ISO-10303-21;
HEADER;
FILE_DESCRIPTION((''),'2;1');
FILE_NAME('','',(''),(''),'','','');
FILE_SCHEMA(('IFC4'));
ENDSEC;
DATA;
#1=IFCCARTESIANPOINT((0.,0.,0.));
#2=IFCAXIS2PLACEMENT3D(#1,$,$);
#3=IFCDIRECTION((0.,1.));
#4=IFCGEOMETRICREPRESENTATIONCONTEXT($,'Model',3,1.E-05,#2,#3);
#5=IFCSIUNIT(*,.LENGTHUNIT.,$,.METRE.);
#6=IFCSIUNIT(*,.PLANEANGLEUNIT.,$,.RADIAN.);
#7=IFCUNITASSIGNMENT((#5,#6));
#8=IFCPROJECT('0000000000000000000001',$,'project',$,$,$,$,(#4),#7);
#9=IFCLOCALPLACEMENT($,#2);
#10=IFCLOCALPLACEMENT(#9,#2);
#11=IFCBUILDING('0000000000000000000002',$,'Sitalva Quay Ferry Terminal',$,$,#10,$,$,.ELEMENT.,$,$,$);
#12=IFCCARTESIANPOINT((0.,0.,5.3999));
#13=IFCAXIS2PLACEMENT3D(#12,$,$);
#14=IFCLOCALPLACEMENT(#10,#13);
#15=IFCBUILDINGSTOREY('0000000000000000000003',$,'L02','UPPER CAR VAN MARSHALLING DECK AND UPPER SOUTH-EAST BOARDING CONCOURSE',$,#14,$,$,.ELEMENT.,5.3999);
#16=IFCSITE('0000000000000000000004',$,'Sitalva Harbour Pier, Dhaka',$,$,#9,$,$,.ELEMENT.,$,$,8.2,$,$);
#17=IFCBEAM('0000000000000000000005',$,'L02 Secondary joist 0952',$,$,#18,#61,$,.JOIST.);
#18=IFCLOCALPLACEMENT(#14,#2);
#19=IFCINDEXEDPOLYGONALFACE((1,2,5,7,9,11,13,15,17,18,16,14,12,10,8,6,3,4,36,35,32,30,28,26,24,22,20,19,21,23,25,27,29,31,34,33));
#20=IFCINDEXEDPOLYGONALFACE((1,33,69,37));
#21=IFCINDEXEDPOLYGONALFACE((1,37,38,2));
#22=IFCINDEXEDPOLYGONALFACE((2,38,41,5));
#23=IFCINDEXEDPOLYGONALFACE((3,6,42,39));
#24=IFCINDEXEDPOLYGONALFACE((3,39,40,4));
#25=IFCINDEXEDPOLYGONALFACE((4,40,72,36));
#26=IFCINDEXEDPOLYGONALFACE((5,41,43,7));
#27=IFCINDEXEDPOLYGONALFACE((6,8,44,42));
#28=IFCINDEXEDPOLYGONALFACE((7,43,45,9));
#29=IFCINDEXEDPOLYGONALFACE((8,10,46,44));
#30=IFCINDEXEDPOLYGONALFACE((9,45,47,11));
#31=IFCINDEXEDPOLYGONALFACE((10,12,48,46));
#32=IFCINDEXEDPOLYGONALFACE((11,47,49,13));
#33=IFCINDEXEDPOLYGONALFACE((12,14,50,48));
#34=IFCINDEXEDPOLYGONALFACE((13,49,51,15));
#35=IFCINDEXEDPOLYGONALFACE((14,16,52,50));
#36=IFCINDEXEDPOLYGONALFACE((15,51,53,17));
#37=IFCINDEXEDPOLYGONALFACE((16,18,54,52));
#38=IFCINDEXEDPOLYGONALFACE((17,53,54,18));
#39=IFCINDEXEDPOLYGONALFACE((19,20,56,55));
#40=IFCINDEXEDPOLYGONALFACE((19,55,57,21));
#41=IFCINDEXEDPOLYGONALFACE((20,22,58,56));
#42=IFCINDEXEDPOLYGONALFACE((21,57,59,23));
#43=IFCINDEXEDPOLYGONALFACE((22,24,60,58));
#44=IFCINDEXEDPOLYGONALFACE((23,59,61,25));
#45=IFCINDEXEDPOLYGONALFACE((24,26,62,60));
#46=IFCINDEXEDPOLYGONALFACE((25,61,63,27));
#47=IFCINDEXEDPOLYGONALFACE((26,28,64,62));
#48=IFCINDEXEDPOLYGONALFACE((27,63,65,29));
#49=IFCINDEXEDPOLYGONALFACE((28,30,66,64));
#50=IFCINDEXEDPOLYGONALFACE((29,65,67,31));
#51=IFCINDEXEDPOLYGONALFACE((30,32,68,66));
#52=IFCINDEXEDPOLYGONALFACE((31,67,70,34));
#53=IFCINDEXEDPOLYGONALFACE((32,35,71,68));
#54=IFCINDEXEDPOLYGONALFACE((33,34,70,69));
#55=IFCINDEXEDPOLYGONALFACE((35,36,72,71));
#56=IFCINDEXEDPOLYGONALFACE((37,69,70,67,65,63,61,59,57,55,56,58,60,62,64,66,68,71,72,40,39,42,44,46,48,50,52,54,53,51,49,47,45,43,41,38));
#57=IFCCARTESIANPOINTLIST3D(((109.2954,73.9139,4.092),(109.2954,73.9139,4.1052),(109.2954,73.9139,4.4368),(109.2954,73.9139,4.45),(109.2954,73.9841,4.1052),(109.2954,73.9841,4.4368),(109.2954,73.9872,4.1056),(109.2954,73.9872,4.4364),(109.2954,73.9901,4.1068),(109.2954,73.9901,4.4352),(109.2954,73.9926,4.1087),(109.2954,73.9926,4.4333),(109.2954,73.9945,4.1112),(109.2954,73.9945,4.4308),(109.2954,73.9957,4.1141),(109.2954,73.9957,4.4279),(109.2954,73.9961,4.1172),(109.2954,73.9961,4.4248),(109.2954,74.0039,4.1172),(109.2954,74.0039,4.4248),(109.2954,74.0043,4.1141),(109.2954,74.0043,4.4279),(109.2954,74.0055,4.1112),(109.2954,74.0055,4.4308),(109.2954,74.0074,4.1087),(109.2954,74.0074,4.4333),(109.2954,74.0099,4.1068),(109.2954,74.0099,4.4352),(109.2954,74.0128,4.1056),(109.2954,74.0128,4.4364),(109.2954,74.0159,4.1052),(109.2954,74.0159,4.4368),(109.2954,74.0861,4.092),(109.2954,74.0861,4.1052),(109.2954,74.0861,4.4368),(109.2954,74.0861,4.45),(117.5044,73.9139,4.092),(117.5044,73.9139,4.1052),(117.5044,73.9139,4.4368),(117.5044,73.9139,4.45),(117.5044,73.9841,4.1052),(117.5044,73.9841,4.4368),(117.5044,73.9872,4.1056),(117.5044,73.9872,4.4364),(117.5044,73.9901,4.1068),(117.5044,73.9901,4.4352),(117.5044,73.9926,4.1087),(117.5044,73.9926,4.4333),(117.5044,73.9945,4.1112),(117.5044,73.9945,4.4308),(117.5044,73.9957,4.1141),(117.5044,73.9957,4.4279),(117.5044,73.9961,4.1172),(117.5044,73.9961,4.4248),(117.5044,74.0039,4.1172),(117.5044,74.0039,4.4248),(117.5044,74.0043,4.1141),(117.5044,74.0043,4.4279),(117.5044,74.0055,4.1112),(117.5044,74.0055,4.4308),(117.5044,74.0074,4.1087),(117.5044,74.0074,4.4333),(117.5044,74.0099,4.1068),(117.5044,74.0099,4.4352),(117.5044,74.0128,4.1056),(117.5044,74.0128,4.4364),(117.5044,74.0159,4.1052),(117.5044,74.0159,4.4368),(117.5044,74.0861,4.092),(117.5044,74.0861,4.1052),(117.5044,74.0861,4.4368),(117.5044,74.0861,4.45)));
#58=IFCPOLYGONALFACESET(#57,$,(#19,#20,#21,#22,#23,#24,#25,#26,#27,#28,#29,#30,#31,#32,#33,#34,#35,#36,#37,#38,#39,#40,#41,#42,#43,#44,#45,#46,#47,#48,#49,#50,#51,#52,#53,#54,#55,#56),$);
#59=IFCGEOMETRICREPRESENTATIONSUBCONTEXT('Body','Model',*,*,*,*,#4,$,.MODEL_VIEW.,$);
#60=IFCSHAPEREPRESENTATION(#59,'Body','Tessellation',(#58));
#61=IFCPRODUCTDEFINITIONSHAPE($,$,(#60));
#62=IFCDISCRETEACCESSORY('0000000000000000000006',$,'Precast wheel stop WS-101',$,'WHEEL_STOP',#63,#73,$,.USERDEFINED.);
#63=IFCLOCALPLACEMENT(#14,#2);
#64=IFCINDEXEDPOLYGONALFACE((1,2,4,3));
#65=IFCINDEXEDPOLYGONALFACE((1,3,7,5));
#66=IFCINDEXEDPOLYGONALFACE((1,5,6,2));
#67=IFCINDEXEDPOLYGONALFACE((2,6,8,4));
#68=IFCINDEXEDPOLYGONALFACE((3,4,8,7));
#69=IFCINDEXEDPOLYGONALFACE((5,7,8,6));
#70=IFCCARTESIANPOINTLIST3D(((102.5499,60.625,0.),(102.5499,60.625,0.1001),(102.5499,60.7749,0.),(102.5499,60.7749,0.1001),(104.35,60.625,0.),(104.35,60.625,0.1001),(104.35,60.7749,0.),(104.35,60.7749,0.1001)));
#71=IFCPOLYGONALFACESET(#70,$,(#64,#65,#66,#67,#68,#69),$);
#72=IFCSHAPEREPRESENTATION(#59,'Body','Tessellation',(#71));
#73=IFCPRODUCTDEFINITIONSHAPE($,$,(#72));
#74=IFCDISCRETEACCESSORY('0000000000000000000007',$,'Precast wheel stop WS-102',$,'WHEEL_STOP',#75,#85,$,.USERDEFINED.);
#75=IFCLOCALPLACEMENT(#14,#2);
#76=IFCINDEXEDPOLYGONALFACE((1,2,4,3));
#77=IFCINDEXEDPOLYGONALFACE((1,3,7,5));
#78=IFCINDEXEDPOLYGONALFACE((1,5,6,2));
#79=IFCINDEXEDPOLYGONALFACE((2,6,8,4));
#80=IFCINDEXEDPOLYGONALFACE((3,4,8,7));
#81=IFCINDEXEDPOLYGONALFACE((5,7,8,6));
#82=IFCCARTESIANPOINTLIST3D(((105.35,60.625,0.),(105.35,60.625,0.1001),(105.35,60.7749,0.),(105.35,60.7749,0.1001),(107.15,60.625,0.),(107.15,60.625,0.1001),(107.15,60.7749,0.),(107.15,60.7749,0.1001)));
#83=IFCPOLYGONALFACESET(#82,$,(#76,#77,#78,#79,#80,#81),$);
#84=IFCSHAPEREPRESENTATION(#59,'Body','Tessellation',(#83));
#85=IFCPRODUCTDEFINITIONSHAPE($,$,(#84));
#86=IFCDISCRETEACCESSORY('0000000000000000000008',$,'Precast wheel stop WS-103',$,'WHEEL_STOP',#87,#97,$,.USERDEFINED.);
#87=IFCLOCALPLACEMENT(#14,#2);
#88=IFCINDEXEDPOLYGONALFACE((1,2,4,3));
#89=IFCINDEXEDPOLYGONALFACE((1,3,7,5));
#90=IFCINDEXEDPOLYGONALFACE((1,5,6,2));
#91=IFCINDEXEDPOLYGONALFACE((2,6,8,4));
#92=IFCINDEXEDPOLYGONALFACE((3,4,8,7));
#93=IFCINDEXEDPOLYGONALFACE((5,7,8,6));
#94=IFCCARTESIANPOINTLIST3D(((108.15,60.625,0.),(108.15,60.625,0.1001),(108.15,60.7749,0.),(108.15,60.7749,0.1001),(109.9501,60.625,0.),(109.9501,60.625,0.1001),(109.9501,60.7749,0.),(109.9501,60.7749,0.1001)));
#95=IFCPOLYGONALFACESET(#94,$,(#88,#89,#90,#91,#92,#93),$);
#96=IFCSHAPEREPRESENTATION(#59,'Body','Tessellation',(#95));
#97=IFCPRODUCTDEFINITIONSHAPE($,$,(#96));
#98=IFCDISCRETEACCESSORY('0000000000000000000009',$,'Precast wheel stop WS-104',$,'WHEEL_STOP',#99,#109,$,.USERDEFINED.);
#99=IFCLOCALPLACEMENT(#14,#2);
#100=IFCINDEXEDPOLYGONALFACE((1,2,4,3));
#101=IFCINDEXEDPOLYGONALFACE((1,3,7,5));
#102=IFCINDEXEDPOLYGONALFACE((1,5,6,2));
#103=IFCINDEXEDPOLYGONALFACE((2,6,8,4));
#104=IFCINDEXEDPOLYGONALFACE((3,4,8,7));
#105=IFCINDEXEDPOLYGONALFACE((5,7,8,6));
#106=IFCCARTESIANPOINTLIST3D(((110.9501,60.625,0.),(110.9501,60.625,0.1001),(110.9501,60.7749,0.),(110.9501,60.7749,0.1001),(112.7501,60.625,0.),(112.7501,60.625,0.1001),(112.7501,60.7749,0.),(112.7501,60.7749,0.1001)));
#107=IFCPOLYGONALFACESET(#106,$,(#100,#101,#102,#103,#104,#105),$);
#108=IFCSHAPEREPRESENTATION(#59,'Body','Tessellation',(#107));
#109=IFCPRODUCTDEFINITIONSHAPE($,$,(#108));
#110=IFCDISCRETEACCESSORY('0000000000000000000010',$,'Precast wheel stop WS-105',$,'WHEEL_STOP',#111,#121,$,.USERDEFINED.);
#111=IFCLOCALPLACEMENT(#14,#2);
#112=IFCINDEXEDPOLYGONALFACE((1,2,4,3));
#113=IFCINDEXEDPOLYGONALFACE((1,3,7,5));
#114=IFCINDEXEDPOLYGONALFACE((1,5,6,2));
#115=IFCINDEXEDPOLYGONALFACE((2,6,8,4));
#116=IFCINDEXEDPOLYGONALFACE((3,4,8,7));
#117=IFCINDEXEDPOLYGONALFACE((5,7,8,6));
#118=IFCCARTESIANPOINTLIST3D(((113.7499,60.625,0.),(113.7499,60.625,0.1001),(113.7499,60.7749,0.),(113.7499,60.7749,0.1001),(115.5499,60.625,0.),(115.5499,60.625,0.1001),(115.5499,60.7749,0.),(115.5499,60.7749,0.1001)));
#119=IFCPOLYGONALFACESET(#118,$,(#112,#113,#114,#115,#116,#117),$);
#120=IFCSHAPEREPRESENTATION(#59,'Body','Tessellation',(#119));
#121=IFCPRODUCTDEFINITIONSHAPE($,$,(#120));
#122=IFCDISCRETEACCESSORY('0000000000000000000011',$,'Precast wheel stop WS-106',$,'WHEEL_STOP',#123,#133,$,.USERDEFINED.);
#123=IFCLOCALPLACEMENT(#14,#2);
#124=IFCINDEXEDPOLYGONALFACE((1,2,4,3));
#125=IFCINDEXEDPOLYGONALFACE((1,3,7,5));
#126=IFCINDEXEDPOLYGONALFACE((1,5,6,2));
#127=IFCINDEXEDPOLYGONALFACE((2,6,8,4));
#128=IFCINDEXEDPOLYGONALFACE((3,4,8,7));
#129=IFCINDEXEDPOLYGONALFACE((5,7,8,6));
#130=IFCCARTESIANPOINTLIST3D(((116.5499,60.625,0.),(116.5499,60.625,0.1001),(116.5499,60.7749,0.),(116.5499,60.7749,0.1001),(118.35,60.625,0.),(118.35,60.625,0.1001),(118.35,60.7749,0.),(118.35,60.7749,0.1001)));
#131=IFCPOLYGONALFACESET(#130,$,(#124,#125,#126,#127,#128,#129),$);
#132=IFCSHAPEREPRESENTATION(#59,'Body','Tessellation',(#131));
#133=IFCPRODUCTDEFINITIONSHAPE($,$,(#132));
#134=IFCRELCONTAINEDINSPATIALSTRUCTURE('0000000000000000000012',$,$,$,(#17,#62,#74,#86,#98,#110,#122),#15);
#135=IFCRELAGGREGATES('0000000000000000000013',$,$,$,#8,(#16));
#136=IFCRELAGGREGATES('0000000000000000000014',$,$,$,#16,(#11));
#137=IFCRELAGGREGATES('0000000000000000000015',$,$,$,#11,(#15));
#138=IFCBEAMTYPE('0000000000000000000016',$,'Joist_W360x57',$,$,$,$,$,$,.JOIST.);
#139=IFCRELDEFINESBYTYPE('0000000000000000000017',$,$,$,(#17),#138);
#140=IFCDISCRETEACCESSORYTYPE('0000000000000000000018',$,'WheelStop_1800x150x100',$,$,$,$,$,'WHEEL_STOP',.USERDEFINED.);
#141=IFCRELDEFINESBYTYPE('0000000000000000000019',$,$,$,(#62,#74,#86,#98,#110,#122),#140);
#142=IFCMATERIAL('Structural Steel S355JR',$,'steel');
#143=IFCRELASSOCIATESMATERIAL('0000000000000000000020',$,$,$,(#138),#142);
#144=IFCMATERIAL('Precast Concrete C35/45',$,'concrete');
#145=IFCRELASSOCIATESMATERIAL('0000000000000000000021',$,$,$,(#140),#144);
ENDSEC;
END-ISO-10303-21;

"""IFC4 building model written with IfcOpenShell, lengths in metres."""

from ifc_helpers import new_model, si_unit, direction, frame, origin, origin_2d, place, context, subcontext, project, spatial, rectangle, i_section, extrude, material, material_profile, profile_set, type_object, element, save


model = new_model("IFC4")

# Units and contexts
model_context = context("Model", 3, precision=1e-05, world=origin(), true_north=direction((0.0, 1.0)))
body_context = subcontext(model_context, "Body", "Model", "MODEL_VIEW")
ifc_project = project(units=[si_unit("LENGTHUNIT", "METRE"), si_unit("PLANEANGLEUNIT", "RADIAN")], contexts=[model_context])

# Site, building, storey
site_placement = place(None, origin())
site = spatial("IfcSite", under=ifc_project, at=site_placement, Name="Sitalva Harbour Pier, Dhaka", CompositionType="ELEMENT", RefElevation=8.2)
building_placement = place(site_placement, origin())
building = spatial("IfcBuilding", under=site, at=building_placement, Name="Sitalva Quay Ferry Terminal", CompositionType="ELEMENT")
storey_placement = place(building_placement, frame((0.0, 0.0, 5.3999)))
storey = spatial("IfcBuildingStorey", under=building, at=storey_placement, Name="L02", Description="UPPER CAR VAN MARSHALLING DECK AND UPPER SOUTH-EAST BOARDING CONCOURSE", CompositionType="ELEMENT", Elevation=5.3999)

# Beam
ifc_material_1 = material(Name="Structural Steel S355JR", Category="steel")
ifc_material_profile_1 = material_profile(ifc_material_1, i_section(OverallWidth=0.1721, OverallDepth=0.3579, WebThickness=0.0078, FlangeThickness=0.0132, FilletRadius=0.012, at=origin_2d()), Name="W360x57")
ifc_profile_set_1 = profile_set([ifc_material_profile_1], Name="Structural Steel S355JR")
beam_type_1 = type_object("IfcBeamType", Name="Joist_W360x57", PredefinedType="JOIST", material=ifc_profile_set_1)
for number, where, z_axis, x_axis, name in (
    (1, (109.2954, 74.0, 4.271), (1.0, 0.0, 0.0), (0.0, 1.0, 0.0), "L02 Secondary joist 0952"),
):
    element("IfcBeam", number, at=place(storey_placement, frame(where, z_axis=z_axis, x_axis=x_axis)), inside=storey, type_object=beam_type_1, Name=name, PredefinedType="JOIST", context=body_context, shape_type="SweptSolid", body=[
        extrude(i_section(OverallWidth=0.1721, OverallDepth=0.3579, WebThickness=0.0078, FlangeThickness=0.0132, FilletRadius=0.012, at=origin_2d()), origin(), (0.0, 0.0, 1.0), 8.209),
    ])

# Discrete accessories
ifc_material_2 = material(Name="Precast Concrete C35/45", Category="concrete")
discrete_accessory_type = type_object("IfcDiscreteAccessoryType", Name="WheelStop_1800x150x100", ElementType="WHEEL_STOP", PredefinedType="USERDEFINED", material=ifc_material_2)
for number, where, z_axis, x_axis, name in (
    (2, (103.45, 60.7, 0.0), (0.0, 0.0, 1.0), (1.0, 0.0, 0.0), "Precast wheel stop WS-101"),
    (3, (106.25, 60.7, 0.0), (0.0, 0.0, 1.0), (1.0, 0.0, 0.0), "Precast wheel stop WS-102"),
    (4, (109.05, 60.7, 0.0), (0.0, 0.0, 1.0), (1.0, 0.0, 0.0), "Precast wheel stop WS-103"),
    (5, (111.8501, 60.7, 0.0), (0.0, 0.0, 1.0), (1.0, 0.0, 0.0), "Precast wheel stop WS-104"),
    (6, (114.6499, 60.7, 0.0), (0.0, 0.0, 1.0), (1.0, 0.0, 0.0), "Precast wheel stop WS-105"),
    (7, (117.45, 60.7, 0.0), (0.0, 0.0, 1.0), (1.0, 0.0, 0.0), "Precast wheel stop WS-106"),
):
    element("IfcDiscreteAccessory", number, at=place(storey_placement, frame(where, z_axis=z_axis, x_axis=x_axis)), inside=storey, type_object=discrete_accessory_type, Name=name, ObjectType="WHEEL_STOP", PredefinedType="USERDEFINED", context=body_context, shape_type="SweptSolid", body=[
        extrude(rectangle(XDim=1.8, YDim=0.1499, at=origin_2d()), origin(), (0.0, 0.0, 1.0), 0.1001),
    ])

save(model, "model.ifc")
